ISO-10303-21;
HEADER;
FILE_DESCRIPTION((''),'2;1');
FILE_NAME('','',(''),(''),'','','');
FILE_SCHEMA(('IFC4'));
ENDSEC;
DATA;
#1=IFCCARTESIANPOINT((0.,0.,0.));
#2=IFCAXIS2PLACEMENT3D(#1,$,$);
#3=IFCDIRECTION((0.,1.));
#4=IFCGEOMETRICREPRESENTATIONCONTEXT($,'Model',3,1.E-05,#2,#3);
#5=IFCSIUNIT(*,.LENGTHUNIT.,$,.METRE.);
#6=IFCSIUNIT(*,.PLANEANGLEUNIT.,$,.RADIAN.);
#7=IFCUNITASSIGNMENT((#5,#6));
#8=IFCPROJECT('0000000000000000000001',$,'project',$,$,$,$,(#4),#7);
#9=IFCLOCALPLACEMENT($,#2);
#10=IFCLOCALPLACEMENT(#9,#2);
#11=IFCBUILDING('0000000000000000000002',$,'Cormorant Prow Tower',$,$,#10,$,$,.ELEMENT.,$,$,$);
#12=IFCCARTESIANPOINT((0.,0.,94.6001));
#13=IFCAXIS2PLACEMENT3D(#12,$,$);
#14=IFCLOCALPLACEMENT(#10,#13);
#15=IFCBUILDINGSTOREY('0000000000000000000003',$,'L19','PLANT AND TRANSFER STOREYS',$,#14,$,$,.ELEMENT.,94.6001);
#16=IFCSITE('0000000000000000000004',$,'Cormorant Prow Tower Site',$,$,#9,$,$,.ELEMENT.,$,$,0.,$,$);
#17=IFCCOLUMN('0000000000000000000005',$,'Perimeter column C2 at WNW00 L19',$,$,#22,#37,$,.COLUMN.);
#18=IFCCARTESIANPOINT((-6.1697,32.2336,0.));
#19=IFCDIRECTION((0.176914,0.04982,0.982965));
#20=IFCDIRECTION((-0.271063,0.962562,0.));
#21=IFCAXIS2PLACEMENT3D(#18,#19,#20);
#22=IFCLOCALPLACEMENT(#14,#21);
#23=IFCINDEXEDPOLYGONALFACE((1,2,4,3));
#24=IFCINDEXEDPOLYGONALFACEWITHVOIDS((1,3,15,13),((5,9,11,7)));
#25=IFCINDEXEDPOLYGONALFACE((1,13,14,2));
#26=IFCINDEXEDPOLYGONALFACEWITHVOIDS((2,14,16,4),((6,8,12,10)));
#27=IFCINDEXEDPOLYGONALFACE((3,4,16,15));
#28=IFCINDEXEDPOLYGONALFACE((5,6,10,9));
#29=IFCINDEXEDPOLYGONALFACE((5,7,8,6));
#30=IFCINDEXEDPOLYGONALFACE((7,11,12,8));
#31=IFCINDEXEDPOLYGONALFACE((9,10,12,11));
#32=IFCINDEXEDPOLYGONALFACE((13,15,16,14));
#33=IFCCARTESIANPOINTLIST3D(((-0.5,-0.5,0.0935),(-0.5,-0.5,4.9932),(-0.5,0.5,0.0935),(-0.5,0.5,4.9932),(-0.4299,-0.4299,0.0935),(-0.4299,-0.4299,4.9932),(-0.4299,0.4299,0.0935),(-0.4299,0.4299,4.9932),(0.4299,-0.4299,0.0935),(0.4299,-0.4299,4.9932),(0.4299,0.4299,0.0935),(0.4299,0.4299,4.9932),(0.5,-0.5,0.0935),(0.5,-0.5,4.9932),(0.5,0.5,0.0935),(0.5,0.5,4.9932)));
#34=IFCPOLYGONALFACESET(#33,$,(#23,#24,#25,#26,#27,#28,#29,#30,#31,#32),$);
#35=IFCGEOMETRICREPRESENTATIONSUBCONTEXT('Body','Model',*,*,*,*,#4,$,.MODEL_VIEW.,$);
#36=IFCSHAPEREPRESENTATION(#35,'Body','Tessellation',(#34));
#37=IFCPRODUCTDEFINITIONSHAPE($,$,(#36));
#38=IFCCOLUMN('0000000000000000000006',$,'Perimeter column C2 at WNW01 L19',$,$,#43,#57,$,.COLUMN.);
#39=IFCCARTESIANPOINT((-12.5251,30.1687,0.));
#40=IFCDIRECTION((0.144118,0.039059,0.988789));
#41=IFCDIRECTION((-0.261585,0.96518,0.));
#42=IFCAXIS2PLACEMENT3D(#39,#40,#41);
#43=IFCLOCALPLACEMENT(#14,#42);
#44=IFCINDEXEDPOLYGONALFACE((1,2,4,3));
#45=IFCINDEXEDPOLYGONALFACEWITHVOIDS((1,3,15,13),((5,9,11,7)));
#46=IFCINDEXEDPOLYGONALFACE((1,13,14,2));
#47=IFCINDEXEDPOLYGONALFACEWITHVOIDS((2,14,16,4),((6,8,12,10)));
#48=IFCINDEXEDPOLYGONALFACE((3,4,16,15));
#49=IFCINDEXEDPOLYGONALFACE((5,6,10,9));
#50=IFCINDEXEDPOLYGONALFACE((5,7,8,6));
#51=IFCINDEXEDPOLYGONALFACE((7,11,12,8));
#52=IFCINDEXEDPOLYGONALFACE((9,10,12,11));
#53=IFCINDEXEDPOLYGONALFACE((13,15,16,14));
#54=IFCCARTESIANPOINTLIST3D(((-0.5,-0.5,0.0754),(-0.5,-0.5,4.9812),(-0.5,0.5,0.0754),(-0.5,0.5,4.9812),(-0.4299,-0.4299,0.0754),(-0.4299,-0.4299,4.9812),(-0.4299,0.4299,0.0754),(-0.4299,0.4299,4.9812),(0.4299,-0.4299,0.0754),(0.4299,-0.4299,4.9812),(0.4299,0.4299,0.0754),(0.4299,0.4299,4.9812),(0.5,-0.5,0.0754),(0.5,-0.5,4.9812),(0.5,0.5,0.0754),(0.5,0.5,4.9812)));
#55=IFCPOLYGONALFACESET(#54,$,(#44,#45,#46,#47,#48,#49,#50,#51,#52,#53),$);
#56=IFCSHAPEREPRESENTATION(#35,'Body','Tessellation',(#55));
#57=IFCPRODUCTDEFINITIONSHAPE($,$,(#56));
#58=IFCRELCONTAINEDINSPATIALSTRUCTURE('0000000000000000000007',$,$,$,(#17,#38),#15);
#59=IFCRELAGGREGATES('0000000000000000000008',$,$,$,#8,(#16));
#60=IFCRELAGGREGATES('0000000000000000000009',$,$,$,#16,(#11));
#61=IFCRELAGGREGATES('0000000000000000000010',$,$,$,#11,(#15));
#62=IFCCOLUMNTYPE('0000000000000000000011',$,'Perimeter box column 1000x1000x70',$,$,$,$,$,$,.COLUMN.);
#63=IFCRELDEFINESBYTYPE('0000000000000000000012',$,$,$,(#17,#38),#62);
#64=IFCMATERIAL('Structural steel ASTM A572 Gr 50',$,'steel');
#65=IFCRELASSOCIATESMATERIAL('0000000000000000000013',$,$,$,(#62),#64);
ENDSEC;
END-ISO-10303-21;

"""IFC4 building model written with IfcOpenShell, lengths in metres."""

from ifc_helpers import new_model, si_unit, direction, frame, origin, origin_2d, place, context, subcontext, project, spatial, hollow_rectangle, extrude, material, material_profile, profile_set, type_object, element, save


model = new_model("IFC4")

# Units and contexts
model_context = context("Model", 3, precision=1e-05, world=origin(), true_north=direction((0.0, 1.0)))
body_context = subcontext(model_context, "Body", "Model", "MODEL_VIEW")
ifc_project = project(units=[si_unit("LENGTHUNIT", "METRE"), si_unit("PLANEANGLEUNIT", "RADIAN")], contexts=[model_context])

# Site, building, storey
site_placement = place(None, origin())
site = spatial("IfcSite", under=ifc_project, at=site_placement, Name="Cormorant Prow Tower Site", CompositionType="ELEMENT", RefElevation=0.0)
building_placement = place(site_placement, origin())
building = spatial("IfcBuilding", under=site, at=building_placement, Name="Cormorant Prow Tower", CompositionType="ELEMENT")
storey_placement = place(building_placement, frame((0.0, 0.0, 94.6001)))
storey = spatial("IfcBuildingStorey", under=building, at=storey_placement, Name="L19", Description="PLANT AND TRANSFER STOREYS", CompositionType="ELEMENT", Elevation=94.6001)

# Columns
ifc_material_1 = material(Name="Structural steel ASTM A572 Gr 50", Category="steel")
ifc_material_profile_1 = material_profile(ifc_material_1, hollow_rectangle(XDim=1.0, YDim=1.0, WallThickness=0.0701, at=origin_2d()), Name="Box 1000x1000x70")
ifc_profile_set_1 = profile_set([ifc_material_profile_1], Name="Structural steel ASTM A572 Gr 50")
column_type_1 = type_object("IfcColumnType", Name="Perimeter box column 1000x1000x70", PredefinedType="COLUMN", material=ifc_profile_set_1)
column_1_placement = place(storey_placement, frame((-6.1697, 32.2336, 0.0), z_axis=(0.176914, 0.04982, 0.982965), x_axis=(-0.271063, 0.962562, 0.0)))
element("IfcColumn", 1, at=column_1_placement, inside=storey, type_object=column_type_1, Name="Perimeter column C2 at WNW00 L19", PredefinedType="COLUMN", context=body_context, shape_type="SweptSolid", body=[
    extrude(hollow_rectangle(XDim=1.0, YDim=1.0, WallThickness=0.0701, at=origin_2d()), frame((0.0, 0.0, 0.0935)), (0.0, 0.0, 1.0), 4.8997),
])
column_2_placement = place(storey_placement, frame((-12.5251, 30.1687, 0.0), z_axis=(0.144118, 0.039059, 0.988789), x_axis=(-0.261585, 0.96518, 0.0)))
element("IfcColumn", 2, at=column_2_placement, inside=storey, type_object=column_type_1, Name="Perimeter column C2 at WNW01 L19", PredefinedType="COLUMN", context=body_context, shape_type="SweptSolid", body=[
    extrude(hollow_rectangle(XDim=1.0, YDim=1.0, WallThickness=0.0701, at=origin_2d()), frame((0.0, 0.0, 0.0754)), (0.0, 0.0, 1.0), 4.9058),
])

save(model, "model.ifc")
